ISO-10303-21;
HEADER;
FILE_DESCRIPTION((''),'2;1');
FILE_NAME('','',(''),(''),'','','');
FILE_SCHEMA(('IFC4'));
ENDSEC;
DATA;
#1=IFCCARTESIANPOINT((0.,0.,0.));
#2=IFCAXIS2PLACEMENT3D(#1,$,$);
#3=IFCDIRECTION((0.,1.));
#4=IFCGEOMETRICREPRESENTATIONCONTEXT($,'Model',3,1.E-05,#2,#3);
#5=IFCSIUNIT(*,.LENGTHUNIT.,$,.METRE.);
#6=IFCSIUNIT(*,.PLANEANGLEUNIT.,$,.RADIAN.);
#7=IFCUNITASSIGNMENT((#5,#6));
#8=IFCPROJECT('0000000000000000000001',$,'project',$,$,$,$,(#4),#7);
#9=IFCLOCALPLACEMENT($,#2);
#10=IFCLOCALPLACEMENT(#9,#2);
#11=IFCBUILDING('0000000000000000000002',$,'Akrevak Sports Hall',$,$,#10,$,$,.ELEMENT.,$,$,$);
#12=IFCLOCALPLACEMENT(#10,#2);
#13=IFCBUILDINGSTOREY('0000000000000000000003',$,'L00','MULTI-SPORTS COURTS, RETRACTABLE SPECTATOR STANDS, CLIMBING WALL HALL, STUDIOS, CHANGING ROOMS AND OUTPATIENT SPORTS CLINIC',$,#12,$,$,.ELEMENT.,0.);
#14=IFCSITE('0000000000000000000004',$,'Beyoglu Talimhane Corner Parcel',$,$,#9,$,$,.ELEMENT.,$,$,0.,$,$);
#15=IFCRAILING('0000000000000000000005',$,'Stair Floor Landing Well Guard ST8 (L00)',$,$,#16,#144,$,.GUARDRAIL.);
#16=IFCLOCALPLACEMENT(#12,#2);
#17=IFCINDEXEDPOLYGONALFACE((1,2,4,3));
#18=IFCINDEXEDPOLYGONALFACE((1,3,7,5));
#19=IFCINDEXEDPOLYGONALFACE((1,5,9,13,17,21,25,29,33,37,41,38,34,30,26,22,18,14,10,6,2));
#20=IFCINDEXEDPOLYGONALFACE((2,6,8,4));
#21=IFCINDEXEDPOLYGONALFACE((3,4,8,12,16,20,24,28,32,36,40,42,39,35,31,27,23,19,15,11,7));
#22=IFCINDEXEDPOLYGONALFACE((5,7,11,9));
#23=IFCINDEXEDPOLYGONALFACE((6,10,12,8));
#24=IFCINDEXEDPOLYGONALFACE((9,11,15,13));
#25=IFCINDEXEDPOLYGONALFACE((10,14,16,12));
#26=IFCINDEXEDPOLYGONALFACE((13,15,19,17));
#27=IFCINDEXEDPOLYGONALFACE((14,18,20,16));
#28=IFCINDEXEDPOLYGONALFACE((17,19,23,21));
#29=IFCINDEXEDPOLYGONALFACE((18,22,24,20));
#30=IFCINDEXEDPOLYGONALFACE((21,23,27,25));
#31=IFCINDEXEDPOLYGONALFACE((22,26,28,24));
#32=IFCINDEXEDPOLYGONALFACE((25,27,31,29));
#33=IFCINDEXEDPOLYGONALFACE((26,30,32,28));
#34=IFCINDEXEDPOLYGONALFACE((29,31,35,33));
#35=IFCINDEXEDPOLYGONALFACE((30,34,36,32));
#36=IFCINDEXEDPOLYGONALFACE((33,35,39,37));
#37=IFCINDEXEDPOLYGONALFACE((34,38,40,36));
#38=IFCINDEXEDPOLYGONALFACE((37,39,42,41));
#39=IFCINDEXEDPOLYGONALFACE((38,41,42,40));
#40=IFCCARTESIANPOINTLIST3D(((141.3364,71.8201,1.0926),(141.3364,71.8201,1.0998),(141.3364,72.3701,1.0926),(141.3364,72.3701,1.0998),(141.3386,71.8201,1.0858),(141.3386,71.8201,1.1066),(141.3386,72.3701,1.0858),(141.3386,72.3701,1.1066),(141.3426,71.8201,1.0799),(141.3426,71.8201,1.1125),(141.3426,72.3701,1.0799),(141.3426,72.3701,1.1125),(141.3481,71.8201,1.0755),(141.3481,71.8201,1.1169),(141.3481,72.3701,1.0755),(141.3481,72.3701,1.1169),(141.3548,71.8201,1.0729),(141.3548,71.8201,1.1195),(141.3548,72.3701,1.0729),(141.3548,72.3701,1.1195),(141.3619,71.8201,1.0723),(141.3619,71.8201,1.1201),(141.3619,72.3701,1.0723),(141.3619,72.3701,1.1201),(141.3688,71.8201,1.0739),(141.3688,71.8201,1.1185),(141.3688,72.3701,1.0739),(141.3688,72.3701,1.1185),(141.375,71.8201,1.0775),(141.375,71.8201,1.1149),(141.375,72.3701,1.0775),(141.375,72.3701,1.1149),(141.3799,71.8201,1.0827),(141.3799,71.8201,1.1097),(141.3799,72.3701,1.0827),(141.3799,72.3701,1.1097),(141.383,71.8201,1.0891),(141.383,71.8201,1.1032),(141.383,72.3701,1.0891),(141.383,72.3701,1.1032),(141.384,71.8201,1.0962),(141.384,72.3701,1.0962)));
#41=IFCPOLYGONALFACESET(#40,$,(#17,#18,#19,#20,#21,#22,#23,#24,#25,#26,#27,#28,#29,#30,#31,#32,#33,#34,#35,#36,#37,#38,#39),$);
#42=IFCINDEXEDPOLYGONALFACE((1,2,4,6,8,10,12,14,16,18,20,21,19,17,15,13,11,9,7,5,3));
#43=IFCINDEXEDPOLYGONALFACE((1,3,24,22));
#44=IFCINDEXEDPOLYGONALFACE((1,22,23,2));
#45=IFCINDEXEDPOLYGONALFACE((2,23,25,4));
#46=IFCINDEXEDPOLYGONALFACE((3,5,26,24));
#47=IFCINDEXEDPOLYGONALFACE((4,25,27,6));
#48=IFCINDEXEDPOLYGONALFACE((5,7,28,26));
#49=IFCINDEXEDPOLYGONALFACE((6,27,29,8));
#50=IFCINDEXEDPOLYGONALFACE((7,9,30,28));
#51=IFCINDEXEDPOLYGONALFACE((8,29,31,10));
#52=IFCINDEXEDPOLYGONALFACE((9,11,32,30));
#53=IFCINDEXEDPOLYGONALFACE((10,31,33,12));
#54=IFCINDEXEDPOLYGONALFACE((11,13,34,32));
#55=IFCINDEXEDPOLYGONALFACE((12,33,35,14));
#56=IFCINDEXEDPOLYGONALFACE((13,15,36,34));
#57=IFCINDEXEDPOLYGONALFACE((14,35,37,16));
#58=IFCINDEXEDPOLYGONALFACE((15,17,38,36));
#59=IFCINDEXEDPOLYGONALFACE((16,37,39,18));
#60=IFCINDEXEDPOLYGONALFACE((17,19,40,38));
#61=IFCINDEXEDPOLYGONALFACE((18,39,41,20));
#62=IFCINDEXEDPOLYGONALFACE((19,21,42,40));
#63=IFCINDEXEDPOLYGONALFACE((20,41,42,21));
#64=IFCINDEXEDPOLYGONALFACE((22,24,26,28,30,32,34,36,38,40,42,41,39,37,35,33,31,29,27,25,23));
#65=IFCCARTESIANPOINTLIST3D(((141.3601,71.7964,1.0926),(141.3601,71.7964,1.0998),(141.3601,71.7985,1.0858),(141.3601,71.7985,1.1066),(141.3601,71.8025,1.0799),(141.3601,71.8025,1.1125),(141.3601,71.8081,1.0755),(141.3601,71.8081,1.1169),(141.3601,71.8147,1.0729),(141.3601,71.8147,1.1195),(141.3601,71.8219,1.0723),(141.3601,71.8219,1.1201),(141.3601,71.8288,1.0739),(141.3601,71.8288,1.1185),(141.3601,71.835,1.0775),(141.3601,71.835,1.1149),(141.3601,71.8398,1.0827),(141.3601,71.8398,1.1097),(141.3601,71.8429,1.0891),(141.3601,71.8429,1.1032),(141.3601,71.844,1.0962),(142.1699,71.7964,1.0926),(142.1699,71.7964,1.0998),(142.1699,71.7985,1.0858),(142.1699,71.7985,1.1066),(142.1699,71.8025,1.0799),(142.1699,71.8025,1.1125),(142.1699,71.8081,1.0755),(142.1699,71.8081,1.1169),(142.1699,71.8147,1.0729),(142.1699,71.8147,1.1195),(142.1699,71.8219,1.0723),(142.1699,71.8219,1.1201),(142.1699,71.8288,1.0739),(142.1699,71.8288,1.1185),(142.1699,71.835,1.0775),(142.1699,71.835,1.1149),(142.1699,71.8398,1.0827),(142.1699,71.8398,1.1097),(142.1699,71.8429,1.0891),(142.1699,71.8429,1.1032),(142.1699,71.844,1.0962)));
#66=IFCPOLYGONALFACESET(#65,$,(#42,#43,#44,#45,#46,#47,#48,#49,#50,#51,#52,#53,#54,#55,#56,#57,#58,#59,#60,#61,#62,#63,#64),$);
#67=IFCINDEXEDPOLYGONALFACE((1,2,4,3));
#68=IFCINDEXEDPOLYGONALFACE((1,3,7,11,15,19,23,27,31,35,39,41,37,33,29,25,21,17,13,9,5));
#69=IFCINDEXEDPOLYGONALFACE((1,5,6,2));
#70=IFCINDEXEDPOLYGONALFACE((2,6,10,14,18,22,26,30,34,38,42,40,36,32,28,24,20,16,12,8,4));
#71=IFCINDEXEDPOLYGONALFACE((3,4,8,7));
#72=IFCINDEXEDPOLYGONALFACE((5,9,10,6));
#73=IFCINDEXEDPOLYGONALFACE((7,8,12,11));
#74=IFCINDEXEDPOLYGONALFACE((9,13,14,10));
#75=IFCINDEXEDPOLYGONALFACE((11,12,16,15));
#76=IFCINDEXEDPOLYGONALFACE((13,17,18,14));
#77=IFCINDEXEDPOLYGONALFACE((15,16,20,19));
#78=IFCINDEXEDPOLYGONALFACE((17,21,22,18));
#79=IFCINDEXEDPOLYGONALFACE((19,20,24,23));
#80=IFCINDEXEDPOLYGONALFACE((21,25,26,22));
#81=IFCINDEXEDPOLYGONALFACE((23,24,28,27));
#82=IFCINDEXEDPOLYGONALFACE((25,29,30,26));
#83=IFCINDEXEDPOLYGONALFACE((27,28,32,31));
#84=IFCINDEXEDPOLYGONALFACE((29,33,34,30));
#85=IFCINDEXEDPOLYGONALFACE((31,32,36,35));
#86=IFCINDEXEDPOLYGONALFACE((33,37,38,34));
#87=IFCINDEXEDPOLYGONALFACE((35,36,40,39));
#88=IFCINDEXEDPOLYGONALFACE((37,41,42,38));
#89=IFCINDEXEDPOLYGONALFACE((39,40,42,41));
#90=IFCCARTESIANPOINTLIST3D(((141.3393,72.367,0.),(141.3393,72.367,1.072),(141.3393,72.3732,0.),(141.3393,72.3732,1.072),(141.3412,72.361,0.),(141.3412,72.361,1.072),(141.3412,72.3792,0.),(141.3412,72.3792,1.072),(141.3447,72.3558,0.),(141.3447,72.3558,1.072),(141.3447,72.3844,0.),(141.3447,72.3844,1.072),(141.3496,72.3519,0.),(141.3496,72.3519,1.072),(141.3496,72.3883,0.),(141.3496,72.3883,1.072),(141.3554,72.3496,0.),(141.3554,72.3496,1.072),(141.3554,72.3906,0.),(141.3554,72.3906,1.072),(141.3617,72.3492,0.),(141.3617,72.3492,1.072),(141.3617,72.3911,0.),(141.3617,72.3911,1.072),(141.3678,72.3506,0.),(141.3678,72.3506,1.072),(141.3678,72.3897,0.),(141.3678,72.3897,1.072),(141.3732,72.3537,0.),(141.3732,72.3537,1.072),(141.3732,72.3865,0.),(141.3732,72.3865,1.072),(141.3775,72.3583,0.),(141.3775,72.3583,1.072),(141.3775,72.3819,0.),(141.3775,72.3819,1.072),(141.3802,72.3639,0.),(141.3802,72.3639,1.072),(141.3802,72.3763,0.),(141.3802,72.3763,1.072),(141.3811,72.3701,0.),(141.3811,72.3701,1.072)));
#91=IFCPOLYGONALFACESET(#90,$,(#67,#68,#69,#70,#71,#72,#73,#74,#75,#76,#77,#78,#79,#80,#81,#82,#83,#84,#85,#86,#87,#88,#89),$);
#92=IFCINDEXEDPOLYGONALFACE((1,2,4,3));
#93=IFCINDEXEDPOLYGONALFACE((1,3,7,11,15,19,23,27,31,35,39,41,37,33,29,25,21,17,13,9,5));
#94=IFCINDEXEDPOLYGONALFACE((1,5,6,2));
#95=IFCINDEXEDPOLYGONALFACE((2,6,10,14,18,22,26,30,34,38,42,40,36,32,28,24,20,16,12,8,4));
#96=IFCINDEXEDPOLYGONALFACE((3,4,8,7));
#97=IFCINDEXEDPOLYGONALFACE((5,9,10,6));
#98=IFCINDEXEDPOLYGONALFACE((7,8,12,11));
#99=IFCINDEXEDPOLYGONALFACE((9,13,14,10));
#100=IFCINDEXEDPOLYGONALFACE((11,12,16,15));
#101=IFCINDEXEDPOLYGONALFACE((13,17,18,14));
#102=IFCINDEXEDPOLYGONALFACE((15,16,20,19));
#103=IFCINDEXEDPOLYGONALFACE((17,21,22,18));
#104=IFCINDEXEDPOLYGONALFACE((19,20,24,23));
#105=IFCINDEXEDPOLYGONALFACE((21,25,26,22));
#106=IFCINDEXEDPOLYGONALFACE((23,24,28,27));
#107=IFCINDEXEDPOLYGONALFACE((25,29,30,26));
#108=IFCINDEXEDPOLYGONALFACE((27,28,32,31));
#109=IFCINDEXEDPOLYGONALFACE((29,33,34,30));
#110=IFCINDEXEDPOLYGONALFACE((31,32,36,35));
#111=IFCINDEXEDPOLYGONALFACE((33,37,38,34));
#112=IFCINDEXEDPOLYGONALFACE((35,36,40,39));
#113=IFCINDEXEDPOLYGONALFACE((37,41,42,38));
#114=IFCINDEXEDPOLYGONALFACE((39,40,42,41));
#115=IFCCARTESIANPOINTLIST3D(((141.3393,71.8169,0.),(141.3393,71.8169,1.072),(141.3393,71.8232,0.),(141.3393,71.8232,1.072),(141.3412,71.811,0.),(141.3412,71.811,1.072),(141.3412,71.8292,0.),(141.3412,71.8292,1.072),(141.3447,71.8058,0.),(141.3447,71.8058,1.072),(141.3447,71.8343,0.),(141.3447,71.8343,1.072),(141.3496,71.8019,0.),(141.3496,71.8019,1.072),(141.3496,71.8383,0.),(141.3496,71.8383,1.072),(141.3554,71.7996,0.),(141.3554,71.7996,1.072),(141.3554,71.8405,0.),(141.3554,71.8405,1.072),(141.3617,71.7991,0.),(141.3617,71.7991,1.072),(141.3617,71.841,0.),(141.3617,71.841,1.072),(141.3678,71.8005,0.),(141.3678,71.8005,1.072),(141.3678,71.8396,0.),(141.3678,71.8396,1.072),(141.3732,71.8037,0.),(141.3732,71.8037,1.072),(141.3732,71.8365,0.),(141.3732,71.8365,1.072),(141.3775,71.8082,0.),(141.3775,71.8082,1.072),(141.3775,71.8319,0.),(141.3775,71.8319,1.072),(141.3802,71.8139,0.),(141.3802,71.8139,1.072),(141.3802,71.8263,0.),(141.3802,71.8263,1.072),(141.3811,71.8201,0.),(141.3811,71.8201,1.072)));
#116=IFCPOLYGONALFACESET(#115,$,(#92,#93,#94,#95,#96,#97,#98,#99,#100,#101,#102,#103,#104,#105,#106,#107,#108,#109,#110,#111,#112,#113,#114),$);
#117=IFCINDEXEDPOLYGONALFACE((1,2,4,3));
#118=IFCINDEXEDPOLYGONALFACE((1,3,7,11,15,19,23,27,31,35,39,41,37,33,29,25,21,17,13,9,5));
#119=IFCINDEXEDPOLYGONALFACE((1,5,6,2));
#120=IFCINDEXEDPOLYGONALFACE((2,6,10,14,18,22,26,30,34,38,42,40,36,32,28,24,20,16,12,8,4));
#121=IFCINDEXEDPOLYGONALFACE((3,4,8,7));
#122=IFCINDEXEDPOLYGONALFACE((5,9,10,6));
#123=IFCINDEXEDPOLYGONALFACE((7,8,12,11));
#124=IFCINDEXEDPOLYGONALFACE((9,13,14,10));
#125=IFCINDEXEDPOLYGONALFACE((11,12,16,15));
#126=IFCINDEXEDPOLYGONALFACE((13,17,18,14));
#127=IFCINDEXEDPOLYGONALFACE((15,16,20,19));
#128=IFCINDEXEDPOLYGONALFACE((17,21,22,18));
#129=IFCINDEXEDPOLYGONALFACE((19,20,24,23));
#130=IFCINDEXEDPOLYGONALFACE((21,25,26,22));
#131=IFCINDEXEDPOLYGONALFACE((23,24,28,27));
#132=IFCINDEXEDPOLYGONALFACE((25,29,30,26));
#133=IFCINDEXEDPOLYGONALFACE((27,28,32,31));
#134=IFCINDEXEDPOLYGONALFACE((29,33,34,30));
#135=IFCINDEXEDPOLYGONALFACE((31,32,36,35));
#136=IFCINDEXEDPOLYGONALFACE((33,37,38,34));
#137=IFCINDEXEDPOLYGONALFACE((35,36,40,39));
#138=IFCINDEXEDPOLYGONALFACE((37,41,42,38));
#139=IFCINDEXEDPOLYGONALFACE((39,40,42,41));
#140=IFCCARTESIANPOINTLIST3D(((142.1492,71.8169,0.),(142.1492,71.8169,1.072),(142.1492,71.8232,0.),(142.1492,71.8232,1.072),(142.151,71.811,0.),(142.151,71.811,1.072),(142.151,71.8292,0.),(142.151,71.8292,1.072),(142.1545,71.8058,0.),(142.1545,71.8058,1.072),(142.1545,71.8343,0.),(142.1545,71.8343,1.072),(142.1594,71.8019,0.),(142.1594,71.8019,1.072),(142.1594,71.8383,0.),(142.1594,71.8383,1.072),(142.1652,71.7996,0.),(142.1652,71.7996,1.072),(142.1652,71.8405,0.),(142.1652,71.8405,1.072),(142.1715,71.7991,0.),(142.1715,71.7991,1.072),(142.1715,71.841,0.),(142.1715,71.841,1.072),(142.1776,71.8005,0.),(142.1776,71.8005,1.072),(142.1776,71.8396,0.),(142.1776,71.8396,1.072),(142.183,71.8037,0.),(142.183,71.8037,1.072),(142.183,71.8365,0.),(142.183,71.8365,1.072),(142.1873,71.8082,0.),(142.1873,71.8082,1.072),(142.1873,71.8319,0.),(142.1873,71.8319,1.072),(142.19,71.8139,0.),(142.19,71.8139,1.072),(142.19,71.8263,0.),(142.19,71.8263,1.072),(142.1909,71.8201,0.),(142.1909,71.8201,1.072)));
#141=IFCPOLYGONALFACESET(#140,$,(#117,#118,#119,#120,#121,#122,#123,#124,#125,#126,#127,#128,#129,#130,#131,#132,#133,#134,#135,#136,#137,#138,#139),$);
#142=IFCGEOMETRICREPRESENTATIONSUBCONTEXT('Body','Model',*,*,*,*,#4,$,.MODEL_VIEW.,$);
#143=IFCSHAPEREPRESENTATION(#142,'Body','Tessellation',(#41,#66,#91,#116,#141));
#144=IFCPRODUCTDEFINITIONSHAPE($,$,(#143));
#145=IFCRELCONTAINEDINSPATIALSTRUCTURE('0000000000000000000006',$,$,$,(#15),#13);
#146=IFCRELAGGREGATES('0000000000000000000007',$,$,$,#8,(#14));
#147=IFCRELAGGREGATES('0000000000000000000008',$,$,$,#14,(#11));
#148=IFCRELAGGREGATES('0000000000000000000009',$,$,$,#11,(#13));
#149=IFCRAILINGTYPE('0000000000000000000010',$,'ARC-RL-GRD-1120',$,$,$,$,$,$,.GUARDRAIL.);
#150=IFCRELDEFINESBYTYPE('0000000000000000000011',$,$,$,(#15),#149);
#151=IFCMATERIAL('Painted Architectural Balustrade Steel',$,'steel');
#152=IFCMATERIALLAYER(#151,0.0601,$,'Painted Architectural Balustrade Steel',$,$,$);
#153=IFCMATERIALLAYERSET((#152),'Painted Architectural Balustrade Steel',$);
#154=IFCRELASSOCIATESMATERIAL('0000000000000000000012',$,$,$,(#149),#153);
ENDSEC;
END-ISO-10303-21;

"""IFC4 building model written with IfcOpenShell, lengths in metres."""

from ifc_helpers import new_model, si_unit, direction, frame, origin, origin_2d, place, context, subcontext, project, spatial, circle, extrude, material, layer, layer_set, type_object, element, save


model = new_model("IFC4")

# Units and contexts
model_context = context("Model", 3, precision=1e-05, world=origin(), true_north=direction((0.0, 1.0)))
body_context = subcontext(model_context, "Body", "Model", "MODEL_VIEW")
ifc_project = project(units=[si_unit("LENGTHUNIT", "METRE"), si_unit("PLANEANGLEUNIT", "RADIAN")], contexts=[model_context])

# Site, building, storey
site_placement = place(None, origin())
site = spatial("IfcSite", under=ifc_project, at=site_placement, Name="Beyoglu Talimhane Corner Parcel", CompositionType="ELEMENT", RefElevation=0.0)
building_placement = place(site_placement, origin())
building = spatial("IfcBuilding", under=site, at=building_placement, Name="Akrevak Sports Hall", CompositionType="ELEMENT")
storey_placement = place(building_placement, origin())
storey = spatial("IfcBuildingStorey", under=building, at=storey_placement, Name="L00", Description="MULTI-SPORTS COURTS, RETRACTABLE SPECTATOR STANDS, CLIMBING WALL HALL, STUDIOS, CHANGING ROOMS AND OUTPATIENT SPORTS CLINIC", CompositionType="ELEMENT", Elevation=0.0)

# Railing
ifc_material_1 = material(Name="Painted Architectural Balustrade Steel", Category="steel")
ifc_layer_1 = layer(ifc_material_1, 0.0601, Name="Painted Architectural Balustrade Steel")
ifc_layer_set_1 = layer_set([ifc_layer_1], Name="Painted Architectural Balustrade Steel")
railing_type_1 = type_object("IfcRailingType", Name="ARC-RL-GRD-1120", PredefinedType="GUARDRAIL", material=ifc_layer_set_1)
railing_1_placement = place(storey_placement, frame((141.3601, 72.3701, 0.0)))
element("IfcRailing", 1, at=railing_1_placement, inside=storey, type_object=railing_type_1, Name="Stair Floor Landing Well Guard ST8 (L00)", PredefinedType="GUARDRAIL", context=body_context, shape_type="SweptSolid", body=[
    extrude(circle(Radius=0.0239, at=origin_2d()), frame((0.0, 0.0, 1.0962), z_axis=(0.0, -1.0, 0.0), x_axis=(1.0, 0.0, 0.0)), (0.0, 0.0, 1.0), 0.55),
    extrude(circle(Radius=0.0239, at=origin_2d()), frame((0.0, -0.55, 1.0962), z_axis=(1.0, 0.0, 0.0), x_axis=(0.0, 1.0, 0.0)), (0.0, 0.0, 1.0), 0.8098),
    extrude(circle(Radius=0.021, at=origin_2d()), origin(), (0.0, 0.0, 1.0), 1.072),
    extrude(circle(Radius=0.021, at=origin_2d()), frame((0.0, -0.55, 0.0)), (0.0, 0.0, 1.0), 1.072),
    extrude(circle(Radius=0.021, at=origin_2d()), frame((0.8098, -0.55, 0.0)), (0.0, 0.0, 1.0), 1.072),
])

save(model, "model.ifc")
